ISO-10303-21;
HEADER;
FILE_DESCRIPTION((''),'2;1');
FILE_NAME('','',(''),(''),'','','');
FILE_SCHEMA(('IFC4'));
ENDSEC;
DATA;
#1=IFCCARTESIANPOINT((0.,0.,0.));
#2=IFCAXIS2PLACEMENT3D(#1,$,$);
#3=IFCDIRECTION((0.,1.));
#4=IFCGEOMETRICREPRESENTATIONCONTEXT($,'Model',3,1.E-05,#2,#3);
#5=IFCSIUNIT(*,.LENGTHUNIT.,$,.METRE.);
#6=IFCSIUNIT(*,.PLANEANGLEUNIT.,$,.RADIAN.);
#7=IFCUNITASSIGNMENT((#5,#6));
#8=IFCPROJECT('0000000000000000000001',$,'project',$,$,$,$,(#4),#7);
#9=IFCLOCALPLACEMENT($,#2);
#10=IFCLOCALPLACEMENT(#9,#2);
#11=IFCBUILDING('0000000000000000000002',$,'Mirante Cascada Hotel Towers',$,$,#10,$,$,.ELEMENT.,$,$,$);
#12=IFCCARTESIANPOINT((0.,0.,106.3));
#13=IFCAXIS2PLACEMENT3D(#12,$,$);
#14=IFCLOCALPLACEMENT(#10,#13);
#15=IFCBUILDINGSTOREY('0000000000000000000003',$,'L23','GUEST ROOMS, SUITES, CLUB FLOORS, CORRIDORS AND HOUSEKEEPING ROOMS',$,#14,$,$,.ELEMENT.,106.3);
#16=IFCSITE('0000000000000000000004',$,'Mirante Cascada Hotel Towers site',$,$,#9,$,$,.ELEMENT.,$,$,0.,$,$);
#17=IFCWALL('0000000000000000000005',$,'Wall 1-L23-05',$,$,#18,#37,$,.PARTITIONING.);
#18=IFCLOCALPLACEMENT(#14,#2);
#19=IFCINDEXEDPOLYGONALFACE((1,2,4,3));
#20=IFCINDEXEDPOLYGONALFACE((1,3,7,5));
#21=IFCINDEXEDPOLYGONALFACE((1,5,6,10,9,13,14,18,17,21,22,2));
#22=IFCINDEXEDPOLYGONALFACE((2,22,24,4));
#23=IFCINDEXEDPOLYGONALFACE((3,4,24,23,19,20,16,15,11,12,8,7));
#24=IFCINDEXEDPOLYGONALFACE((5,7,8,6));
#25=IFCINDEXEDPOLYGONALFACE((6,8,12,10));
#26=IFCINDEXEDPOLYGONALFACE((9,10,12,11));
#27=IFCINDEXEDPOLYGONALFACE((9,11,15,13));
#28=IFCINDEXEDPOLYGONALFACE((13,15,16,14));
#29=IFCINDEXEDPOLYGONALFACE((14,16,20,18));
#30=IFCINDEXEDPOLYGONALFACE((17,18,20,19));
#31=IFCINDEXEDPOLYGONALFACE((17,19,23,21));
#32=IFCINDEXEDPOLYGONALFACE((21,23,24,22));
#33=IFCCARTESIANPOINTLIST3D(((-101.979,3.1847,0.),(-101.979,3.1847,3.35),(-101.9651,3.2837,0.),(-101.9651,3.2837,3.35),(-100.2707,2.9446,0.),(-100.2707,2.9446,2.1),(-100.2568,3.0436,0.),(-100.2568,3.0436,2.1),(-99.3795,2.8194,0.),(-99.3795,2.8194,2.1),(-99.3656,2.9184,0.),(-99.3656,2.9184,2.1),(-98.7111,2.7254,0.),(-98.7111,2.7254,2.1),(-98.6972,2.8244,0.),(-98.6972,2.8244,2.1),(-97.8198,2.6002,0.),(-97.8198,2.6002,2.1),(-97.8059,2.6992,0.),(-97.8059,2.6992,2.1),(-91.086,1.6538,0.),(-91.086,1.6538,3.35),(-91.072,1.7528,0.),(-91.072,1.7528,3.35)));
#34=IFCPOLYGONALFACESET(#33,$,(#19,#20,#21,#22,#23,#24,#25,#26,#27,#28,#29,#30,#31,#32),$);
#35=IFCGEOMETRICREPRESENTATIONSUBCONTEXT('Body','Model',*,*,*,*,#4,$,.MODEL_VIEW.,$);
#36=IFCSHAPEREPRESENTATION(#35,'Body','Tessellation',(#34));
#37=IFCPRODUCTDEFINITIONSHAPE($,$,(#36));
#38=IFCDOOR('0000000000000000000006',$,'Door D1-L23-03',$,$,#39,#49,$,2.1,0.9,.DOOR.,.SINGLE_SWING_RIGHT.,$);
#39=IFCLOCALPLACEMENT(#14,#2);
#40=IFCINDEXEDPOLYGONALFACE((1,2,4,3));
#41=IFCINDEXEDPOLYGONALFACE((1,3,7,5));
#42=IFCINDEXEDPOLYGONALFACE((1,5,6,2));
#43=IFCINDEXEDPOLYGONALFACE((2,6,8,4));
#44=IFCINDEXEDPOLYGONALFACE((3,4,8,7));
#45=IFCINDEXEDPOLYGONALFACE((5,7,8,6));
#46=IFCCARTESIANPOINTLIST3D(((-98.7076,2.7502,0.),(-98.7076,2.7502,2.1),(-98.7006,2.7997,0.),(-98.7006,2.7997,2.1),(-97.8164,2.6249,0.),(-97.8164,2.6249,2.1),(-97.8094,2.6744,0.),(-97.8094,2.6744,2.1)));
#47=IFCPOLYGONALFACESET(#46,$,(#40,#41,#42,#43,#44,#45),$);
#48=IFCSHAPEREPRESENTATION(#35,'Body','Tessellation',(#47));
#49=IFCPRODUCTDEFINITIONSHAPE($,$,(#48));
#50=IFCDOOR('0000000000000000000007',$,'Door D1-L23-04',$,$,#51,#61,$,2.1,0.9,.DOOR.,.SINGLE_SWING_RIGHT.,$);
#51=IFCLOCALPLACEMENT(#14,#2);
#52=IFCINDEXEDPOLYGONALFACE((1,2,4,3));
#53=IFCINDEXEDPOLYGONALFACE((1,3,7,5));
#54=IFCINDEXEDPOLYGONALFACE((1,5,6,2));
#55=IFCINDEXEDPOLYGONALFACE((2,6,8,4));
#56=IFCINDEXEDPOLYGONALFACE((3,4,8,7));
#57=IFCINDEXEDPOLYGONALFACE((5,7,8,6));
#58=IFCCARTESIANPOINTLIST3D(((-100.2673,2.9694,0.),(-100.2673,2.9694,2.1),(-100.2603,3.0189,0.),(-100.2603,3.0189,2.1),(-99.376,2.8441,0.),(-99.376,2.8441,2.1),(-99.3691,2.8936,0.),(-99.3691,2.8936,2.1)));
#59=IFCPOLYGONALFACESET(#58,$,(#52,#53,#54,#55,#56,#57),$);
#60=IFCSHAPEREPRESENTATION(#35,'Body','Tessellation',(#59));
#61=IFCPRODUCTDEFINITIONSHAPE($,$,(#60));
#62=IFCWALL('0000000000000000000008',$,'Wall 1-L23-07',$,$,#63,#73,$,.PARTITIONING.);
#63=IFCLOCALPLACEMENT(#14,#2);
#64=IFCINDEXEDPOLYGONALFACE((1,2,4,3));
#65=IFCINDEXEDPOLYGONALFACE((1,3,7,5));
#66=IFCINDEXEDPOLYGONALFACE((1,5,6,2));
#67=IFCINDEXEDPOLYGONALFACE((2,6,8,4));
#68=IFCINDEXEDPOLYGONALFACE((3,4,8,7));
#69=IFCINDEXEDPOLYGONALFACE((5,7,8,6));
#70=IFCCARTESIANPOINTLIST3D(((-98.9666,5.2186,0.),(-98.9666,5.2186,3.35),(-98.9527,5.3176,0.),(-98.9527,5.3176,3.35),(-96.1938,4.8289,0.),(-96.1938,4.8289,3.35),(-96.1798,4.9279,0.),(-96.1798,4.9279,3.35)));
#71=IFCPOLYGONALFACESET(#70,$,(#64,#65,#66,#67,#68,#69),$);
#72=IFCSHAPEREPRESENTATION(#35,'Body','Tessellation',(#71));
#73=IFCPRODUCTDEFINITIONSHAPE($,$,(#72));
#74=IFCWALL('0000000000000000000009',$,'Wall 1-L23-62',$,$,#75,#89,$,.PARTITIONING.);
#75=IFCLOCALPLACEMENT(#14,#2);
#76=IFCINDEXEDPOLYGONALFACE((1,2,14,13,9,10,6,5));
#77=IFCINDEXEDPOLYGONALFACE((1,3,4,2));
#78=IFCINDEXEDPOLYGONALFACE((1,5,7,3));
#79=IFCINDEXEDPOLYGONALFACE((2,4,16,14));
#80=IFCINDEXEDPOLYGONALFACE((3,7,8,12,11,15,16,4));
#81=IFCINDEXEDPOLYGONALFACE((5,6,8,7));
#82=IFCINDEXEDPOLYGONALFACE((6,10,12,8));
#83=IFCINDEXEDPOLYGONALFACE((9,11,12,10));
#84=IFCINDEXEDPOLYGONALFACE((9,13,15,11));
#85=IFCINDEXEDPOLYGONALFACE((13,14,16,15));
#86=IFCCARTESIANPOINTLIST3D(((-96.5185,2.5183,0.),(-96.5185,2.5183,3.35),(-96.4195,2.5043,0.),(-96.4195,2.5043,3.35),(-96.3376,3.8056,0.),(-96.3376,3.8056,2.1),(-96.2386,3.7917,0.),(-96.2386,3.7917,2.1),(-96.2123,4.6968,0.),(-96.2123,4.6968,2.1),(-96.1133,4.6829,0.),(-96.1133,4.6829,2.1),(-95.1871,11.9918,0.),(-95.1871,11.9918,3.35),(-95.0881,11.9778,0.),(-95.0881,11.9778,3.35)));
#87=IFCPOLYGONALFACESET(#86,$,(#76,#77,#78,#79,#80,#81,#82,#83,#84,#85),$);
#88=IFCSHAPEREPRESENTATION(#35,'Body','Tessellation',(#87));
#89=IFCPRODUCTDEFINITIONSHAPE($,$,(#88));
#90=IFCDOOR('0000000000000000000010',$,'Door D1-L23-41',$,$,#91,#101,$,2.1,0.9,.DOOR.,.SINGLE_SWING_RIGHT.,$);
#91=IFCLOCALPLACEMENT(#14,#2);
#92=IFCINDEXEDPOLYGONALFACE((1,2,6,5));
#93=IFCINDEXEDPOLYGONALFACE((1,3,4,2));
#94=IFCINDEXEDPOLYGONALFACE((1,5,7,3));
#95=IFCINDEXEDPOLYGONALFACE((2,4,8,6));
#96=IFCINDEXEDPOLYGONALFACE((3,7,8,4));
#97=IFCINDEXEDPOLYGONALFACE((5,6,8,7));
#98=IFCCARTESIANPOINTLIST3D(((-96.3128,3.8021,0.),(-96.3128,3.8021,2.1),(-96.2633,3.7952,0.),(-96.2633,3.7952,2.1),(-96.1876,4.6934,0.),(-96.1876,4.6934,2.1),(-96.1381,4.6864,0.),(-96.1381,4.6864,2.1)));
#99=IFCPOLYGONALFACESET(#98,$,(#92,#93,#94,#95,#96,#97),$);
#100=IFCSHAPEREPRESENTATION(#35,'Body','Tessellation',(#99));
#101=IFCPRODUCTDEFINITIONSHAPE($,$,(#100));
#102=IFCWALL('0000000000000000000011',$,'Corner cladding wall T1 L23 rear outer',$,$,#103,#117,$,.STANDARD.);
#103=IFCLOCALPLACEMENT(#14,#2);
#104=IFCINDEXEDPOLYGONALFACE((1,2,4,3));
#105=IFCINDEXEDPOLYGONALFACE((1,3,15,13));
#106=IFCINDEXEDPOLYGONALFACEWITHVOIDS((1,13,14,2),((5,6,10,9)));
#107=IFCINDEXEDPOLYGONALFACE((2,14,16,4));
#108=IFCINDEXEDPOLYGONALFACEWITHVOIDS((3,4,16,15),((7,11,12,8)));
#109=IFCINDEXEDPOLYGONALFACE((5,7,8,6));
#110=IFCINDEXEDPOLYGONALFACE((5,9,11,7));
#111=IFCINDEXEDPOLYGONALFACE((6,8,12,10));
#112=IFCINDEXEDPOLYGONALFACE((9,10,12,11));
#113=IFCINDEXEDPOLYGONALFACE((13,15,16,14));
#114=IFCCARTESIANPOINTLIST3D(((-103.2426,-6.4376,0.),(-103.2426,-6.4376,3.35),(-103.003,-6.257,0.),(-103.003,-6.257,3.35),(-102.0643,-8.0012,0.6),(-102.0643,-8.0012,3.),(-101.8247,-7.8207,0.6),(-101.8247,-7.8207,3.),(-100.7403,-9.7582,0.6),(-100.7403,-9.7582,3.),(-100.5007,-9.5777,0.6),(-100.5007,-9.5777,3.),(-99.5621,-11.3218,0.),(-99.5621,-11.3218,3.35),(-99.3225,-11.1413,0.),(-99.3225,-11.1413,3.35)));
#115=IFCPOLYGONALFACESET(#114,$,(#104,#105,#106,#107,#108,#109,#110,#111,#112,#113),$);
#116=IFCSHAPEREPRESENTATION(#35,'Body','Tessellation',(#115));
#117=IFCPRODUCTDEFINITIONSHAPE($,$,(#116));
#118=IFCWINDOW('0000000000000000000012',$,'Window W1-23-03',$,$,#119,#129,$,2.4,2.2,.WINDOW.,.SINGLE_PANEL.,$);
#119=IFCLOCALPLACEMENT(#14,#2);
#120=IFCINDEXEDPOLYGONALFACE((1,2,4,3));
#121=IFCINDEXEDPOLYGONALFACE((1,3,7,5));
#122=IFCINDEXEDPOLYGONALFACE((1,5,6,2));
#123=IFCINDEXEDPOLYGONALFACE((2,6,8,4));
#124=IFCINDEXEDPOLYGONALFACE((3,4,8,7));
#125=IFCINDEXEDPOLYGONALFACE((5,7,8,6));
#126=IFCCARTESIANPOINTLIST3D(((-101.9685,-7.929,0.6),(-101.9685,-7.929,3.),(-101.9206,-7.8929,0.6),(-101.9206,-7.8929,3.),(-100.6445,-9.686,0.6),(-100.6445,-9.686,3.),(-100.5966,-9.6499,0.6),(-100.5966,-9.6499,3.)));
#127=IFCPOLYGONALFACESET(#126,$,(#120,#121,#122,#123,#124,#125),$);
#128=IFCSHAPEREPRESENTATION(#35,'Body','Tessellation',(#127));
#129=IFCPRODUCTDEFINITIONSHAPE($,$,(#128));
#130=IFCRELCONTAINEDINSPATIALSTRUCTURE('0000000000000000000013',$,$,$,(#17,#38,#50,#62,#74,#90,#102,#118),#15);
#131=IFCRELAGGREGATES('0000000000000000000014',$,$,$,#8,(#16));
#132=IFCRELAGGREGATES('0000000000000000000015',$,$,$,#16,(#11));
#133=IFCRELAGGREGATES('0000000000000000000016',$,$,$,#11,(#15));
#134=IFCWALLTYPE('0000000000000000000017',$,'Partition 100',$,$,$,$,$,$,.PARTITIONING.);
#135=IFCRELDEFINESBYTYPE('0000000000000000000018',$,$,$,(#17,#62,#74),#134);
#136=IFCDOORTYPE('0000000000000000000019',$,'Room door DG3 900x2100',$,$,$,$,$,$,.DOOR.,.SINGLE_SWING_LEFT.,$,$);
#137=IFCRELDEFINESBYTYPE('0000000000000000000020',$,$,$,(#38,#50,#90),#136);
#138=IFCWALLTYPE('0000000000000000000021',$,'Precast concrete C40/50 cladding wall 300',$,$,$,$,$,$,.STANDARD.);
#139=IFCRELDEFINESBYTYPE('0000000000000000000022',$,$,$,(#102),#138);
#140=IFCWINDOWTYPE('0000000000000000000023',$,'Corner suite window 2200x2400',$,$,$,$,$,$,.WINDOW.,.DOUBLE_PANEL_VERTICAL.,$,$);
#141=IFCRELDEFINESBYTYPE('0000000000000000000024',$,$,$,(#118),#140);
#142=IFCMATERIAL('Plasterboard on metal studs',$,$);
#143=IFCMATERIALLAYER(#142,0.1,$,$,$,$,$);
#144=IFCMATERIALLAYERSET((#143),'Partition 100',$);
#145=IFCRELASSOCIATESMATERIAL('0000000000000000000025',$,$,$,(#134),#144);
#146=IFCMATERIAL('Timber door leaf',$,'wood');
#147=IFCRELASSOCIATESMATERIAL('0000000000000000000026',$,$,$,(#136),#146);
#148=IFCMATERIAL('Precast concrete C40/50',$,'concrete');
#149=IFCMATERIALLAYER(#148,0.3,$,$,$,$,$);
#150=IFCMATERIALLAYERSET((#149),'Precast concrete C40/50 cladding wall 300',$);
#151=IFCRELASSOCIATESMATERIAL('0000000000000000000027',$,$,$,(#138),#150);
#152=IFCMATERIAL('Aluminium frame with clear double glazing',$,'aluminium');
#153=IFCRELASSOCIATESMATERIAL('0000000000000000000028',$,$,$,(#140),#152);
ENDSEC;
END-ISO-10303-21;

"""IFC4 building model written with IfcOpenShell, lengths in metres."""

from ifc_helpers import new_model, si_unit, direction, frame, frame_2d, origin, place, context, subcontext, project, spatial, rectangle, extrude, material, layer, layer_set, type_object, element, fill, save


model = new_model("IFC4")

# Units and contexts
model_context = context("Model", 3, precision=1e-05, world=origin(), true_north=direction((0.0, 1.0)))
body_context = subcontext(model_context, "Body", "Model", "MODEL_VIEW")
ifc_project = project(units=[si_unit("LENGTHUNIT", "METRE"), si_unit("PLANEANGLEUNIT", "RADIAN")], contexts=[model_context])

# Site, building, storey
site_placement = place(None, origin())
site = spatial("IfcSite", under=ifc_project, at=site_placement, Name="Mirante Cascada Hotel Towers site", CompositionType="ELEMENT", RefElevation=0.0)
building_placement = place(site_placement, origin())
building = spatial("IfcBuilding", under=site, at=building_placement, Name="Mirante Cascada Hotel Towers", CompositionType="ELEMENT")
storey_placement = place(building_placement, frame((0.0, 0.0, 106.3)))
storey = spatial("IfcBuildingStorey", under=building, at=storey_placement, Name="L23", Description="GUEST ROOMS, SUITES, CLUB FLOORS, CORRIDORS AND HOUSEKEEPING ROOMS", CompositionType="ELEMENT", Elevation=106.3)

# Shared definitions
ifc_material_1 = material(Name="Plasterboard on metal studs")
ifc_layer_1 = layer(ifc_material_1, 0.1)
ifc_layer_set_1 = layer_set([ifc_layer_1], Name="Partition 100")
wall_type_1 = type_object("IfcWallType", Name="Partition 100", PredefinedType="PARTITIONING", material=ifc_layer_set_1)
ifc_material_2 = material(Name="Timber door leaf", Category="wood")
door_type = type_object("IfcDoorType", Name="Room door DG3 900x2100", OperationType="SINGLE_SWING_LEFT", PredefinedType="DOOR", material=ifc_material_2)

# Wall, openings, doors
wall_1_placement = place(storey_placement, frame((-101.972, 3.2342, 0.0), z_axis=(0.0, 0.0, 1.0), x_axis=(0.990268, -0.139172, 0.0)))
wall_1 = element("IfcWall", 1, at=wall_1_placement, inside=storey, type_object=wall_type_1, Name="Wall 1-L23-05", PredefinedType="PARTITIONING", context=body_context, shape_type="SweptSolid", body=[
    extrude(rectangle(XDim=11.0001, YDim=0.1, at=frame_2d((5.5, 0.0))), origin(), (0.0, 0.0, 1.0), 3.35),
])
opening_1_placement = place(wall_1_placement, frame((3.3, 0.0, 0.0)))
opening_1 = element("IfcOpeningElement", 2, at=opening_1_placement, cuts=wall_1, PredefinedType="OPENING", context=body_context, shape_type="SweptSolid", body=[
    extrude(rectangle(XDim=0.9, YDim=2.1, at=frame_2d((0.45, 1.05))), frame((0.0, 0.05, 0.0), z_axis=(0.0, -1.0, 0.0), x_axis=(1.0, 0.0, 0.0)), (0.0, 0.0, 1.0), 0.1),
])
opening_2_placement = place(wall_1_placement, frame((1.725, 0.0, 0.0)))
opening_2 = element("IfcOpeningElement", 3, at=opening_2_placement, cuts=wall_1, PredefinedType="OPENING", context=body_context, shape_type="SweptSolid", body=[
    extrude(rectangle(XDim=0.9, YDim=2.1, at=frame_2d((0.45, 1.05))), frame((0.0, 0.05, 0.0), z_axis=(0.0, -1.0, 0.0), x_axis=(1.0, 0.0, 0.0)), (0.0, 0.0, 1.0), 0.1),
])
door_1_placement = place(opening_1_placement, frame((0.9, 0.0, 0.0), z_axis=(0.0, 0.0, 1.0), x_axis=(-1.0, 0.0, 0.0)))
door_1 = element("IfcDoor", 4, at=door_1_placement, inside=storey, type_object=door_type, Name="Door D1-L23-03", OperationType="SINGLE_SWING_RIGHT", OverallHeight=2.1, OverallWidth=0.9, PredefinedType="DOOR", context=body_context, shape_type="SweptSolid", body=[
    extrude(rectangle(XDim=0.9, YDim=2.1, at=frame_2d((0.45, 1.05))), frame((0.0, 0.025, 0.0), z_axis=(0.0, -1.0, 0.0), x_axis=(1.0, 0.0, 0.0)), (0.0, 0.0, 1.0), 0.05),
])
fill(opening_1, door_1)
door_2_placement = place(opening_2_placement, frame((0.9, 0.0, 0.0), z_axis=(0.0, 0.0, 1.0), x_axis=(-1.0, 0.0, 0.0)))
door_2 = element("IfcDoor", 5, at=door_2_placement, inside=storey, type_object=door_type, Name="Door D1-L23-04", OperationType="SINGLE_SWING_RIGHT", OverallHeight=2.1, OverallWidth=0.9, PredefinedType="DOOR", context=body_context, shape_type="SweptSolid", body=[
    extrude(rectangle(XDim=0.9, YDim=2.1, at=frame_2d((0.45, 1.05))), frame((0.0, 0.025, 0.0), z_axis=(0.0, -1.0, 0.0), x_axis=(1.0, 0.0, 0.0)), (0.0, 0.0, 1.0), 0.05),
])
fill(opening_2, door_2)

# Wall
wall_2_placement = place(storey_placement, frame((-98.9596, 5.2681, 0.0), z_axis=(0.0, 0.0, 1.0), x_axis=(0.990268, -0.139176, 0.0)))
element("IfcWall", 6, at=wall_2_placement, inside=storey, type_object=wall_type_1, Name="Wall 1-L23-07", PredefinedType="PARTITIONING", context=body_context, shape_type="SweptSolid", body=[
    extrude(rectangle(XDim=2.8001, YDim=0.1, at=frame_2d((1.4, 0.0))), origin(), (0.0, 0.0, 1.0), 3.35),
])

# Wall, opening, door
wall_3_placement = place(storey_placement, frame((-96.469, 2.5113, 0.0), z_axis=(0.0, 0.0, 1.0), x_axis=(0.139172, 0.990268, 0.0)))
wall_3 = element("IfcWall", 7, at=wall_3_placement, inside=storey, type_object=wall_type_1, Name="Wall 1-L23-62", PredefinedType="PARTITIONING", context=body_context, shape_type="SweptSolid", body=[
    extrude(rectangle(XDim=9.5666, YDim=0.1, at=frame_2d((4.7833, 0.0))), origin(), (0.0, 0.0, 1.0), 3.35),
])
opening_3_placement = place(wall_3_placement, frame((1.3, 0.0, 0.0)))
opening_3 = element("IfcOpeningElement", 8, at=opening_3_placement, cuts=wall_3, PredefinedType="OPENING", context=body_context, shape_type="SweptSolid", body=[
    extrude(rectangle(XDim=0.9, YDim=2.1, at=frame_2d((0.45, 1.05))), frame((0.0, 0.05, 0.0), z_axis=(0.0, -1.0, 0.0), x_axis=(1.0, 0.0, 0.0)), (0.0, 0.0, 1.0), 0.1),
])
door_3_placement = place(opening_3_placement, frame((0.9, 0.0, 0.0), z_axis=(0.0, 0.0, 1.0), x_axis=(-1.0, 0.0, 0.0)))
door_3 = element("IfcDoor", 9, at=door_3_placement, inside=storey, type_object=door_type, Name="Door D1-L23-41", OperationType="SINGLE_SWING_RIGHT", OverallHeight=2.1, OverallWidth=0.9, PredefinedType="DOOR", context=body_context, shape_type="SweptSolid", body=[
    extrude(rectangle(XDim=0.9, YDim=2.1, at=frame_2d((0.45, 1.05))), frame((0.0, 0.025, 0.0), z_axis=(0.0, -1.0, 0.0), x_axis=(1.0, 0.0, 0.0)), (0.0, 0.0, 1.0), 0.05),
])
fill(opening_3, door_3)

# Wall, opening, window
ifc_material_3 = material(Name="Precast concrete C40/50", Category="concrete")
ifc_layer_2 = layer(ifc_material_3, 0.3)
ifc_layer_set_2 = layer_set([ifc_layer_2], Name="Precast concrete C40/50 cladding wall 300")
wall_type_2 = type_object("IfcWallType", Name="Precast concrete C40/50 cladding wall 300", PredefinedType="STANDARD", material=ifc_layer_set_2)
wall_4_placement = place(storey_placement, frame((-99.4423, -11.2315, 0.0), z_axis=(0.0, 0.0, 1.0), x_axis=(-0.601814, 0.798636, 0.0)))
wall_4 = element("IfcWall", 10, at=wall_4_placement, inside=storey, type_object=wall_type_2, Name="Corner cladding wall T1 L23 rear outer", PredefinedType="STANDARD", context=body_context, shape_type="SweptSolid", body=[
    extrude(rectangle(XDim=6.1157, YDim=0.3, at=frame_2d((3.0578, 0.0))), origin(), (0.0, 0.0, 1.0), 3.35),
])
opening_4_placement = place(wall_4_placement, frame((1.9578, 0.0, 0.6)))
opening_4 = element("IfcOpeningElement", 11, at=opening_4_placement, cuts=wall_4, PredefinedType="OPENING", context=body_context, shape_type="SweptSolid", body=[
    extrude(rectangle(XDim=2.2, YDim=2.4, at=frame_2d((1.1, 1.2))), frame((0.0, 0.15, 0.0), z_axis=(0.0, -1.0, 0.0), x_axis=(1.0, 0.0, 0.0)), (0.0, 0.0, 1.0), 0.3),
])
ifc_material_4 = material(Name="Aluminium frame with clear double glazing", Category="aluminium")
window_type = type_object("IfcWindowType", Name="Corner suite window 2200x2400", PartitioningType="DOUBLE_PANEL_VERTICAL", PredefinedType="WINDOW", material=ifc_material_4)
window_placement = place(opening_4_placement, origin())
window = element("IfcWindow", 12, at=window_placement, inside=storey, type_object=window_type, Name="Window W1-23-03", OverallHeight=2.4, OverallWidth=2.2, PartitioningType="SINGLE_PANEL", PredefinedType="WINDOW", context=body_context, shape_type="SweptSolid", body=[
    extrude(rectangle(XDim=2.2, YDim=2.4, at=frame_2d((1.1, 1.2))), frame((0.0, 0.03, 0.0), z_axis=(0.0, -1.0, 0.0), x_axis=(1.0, 0.0, 0.0)), (0.0, 0.0, 1.0), 0.06),
])
fill(opening_4, window)

save(model, "model.ifc")
